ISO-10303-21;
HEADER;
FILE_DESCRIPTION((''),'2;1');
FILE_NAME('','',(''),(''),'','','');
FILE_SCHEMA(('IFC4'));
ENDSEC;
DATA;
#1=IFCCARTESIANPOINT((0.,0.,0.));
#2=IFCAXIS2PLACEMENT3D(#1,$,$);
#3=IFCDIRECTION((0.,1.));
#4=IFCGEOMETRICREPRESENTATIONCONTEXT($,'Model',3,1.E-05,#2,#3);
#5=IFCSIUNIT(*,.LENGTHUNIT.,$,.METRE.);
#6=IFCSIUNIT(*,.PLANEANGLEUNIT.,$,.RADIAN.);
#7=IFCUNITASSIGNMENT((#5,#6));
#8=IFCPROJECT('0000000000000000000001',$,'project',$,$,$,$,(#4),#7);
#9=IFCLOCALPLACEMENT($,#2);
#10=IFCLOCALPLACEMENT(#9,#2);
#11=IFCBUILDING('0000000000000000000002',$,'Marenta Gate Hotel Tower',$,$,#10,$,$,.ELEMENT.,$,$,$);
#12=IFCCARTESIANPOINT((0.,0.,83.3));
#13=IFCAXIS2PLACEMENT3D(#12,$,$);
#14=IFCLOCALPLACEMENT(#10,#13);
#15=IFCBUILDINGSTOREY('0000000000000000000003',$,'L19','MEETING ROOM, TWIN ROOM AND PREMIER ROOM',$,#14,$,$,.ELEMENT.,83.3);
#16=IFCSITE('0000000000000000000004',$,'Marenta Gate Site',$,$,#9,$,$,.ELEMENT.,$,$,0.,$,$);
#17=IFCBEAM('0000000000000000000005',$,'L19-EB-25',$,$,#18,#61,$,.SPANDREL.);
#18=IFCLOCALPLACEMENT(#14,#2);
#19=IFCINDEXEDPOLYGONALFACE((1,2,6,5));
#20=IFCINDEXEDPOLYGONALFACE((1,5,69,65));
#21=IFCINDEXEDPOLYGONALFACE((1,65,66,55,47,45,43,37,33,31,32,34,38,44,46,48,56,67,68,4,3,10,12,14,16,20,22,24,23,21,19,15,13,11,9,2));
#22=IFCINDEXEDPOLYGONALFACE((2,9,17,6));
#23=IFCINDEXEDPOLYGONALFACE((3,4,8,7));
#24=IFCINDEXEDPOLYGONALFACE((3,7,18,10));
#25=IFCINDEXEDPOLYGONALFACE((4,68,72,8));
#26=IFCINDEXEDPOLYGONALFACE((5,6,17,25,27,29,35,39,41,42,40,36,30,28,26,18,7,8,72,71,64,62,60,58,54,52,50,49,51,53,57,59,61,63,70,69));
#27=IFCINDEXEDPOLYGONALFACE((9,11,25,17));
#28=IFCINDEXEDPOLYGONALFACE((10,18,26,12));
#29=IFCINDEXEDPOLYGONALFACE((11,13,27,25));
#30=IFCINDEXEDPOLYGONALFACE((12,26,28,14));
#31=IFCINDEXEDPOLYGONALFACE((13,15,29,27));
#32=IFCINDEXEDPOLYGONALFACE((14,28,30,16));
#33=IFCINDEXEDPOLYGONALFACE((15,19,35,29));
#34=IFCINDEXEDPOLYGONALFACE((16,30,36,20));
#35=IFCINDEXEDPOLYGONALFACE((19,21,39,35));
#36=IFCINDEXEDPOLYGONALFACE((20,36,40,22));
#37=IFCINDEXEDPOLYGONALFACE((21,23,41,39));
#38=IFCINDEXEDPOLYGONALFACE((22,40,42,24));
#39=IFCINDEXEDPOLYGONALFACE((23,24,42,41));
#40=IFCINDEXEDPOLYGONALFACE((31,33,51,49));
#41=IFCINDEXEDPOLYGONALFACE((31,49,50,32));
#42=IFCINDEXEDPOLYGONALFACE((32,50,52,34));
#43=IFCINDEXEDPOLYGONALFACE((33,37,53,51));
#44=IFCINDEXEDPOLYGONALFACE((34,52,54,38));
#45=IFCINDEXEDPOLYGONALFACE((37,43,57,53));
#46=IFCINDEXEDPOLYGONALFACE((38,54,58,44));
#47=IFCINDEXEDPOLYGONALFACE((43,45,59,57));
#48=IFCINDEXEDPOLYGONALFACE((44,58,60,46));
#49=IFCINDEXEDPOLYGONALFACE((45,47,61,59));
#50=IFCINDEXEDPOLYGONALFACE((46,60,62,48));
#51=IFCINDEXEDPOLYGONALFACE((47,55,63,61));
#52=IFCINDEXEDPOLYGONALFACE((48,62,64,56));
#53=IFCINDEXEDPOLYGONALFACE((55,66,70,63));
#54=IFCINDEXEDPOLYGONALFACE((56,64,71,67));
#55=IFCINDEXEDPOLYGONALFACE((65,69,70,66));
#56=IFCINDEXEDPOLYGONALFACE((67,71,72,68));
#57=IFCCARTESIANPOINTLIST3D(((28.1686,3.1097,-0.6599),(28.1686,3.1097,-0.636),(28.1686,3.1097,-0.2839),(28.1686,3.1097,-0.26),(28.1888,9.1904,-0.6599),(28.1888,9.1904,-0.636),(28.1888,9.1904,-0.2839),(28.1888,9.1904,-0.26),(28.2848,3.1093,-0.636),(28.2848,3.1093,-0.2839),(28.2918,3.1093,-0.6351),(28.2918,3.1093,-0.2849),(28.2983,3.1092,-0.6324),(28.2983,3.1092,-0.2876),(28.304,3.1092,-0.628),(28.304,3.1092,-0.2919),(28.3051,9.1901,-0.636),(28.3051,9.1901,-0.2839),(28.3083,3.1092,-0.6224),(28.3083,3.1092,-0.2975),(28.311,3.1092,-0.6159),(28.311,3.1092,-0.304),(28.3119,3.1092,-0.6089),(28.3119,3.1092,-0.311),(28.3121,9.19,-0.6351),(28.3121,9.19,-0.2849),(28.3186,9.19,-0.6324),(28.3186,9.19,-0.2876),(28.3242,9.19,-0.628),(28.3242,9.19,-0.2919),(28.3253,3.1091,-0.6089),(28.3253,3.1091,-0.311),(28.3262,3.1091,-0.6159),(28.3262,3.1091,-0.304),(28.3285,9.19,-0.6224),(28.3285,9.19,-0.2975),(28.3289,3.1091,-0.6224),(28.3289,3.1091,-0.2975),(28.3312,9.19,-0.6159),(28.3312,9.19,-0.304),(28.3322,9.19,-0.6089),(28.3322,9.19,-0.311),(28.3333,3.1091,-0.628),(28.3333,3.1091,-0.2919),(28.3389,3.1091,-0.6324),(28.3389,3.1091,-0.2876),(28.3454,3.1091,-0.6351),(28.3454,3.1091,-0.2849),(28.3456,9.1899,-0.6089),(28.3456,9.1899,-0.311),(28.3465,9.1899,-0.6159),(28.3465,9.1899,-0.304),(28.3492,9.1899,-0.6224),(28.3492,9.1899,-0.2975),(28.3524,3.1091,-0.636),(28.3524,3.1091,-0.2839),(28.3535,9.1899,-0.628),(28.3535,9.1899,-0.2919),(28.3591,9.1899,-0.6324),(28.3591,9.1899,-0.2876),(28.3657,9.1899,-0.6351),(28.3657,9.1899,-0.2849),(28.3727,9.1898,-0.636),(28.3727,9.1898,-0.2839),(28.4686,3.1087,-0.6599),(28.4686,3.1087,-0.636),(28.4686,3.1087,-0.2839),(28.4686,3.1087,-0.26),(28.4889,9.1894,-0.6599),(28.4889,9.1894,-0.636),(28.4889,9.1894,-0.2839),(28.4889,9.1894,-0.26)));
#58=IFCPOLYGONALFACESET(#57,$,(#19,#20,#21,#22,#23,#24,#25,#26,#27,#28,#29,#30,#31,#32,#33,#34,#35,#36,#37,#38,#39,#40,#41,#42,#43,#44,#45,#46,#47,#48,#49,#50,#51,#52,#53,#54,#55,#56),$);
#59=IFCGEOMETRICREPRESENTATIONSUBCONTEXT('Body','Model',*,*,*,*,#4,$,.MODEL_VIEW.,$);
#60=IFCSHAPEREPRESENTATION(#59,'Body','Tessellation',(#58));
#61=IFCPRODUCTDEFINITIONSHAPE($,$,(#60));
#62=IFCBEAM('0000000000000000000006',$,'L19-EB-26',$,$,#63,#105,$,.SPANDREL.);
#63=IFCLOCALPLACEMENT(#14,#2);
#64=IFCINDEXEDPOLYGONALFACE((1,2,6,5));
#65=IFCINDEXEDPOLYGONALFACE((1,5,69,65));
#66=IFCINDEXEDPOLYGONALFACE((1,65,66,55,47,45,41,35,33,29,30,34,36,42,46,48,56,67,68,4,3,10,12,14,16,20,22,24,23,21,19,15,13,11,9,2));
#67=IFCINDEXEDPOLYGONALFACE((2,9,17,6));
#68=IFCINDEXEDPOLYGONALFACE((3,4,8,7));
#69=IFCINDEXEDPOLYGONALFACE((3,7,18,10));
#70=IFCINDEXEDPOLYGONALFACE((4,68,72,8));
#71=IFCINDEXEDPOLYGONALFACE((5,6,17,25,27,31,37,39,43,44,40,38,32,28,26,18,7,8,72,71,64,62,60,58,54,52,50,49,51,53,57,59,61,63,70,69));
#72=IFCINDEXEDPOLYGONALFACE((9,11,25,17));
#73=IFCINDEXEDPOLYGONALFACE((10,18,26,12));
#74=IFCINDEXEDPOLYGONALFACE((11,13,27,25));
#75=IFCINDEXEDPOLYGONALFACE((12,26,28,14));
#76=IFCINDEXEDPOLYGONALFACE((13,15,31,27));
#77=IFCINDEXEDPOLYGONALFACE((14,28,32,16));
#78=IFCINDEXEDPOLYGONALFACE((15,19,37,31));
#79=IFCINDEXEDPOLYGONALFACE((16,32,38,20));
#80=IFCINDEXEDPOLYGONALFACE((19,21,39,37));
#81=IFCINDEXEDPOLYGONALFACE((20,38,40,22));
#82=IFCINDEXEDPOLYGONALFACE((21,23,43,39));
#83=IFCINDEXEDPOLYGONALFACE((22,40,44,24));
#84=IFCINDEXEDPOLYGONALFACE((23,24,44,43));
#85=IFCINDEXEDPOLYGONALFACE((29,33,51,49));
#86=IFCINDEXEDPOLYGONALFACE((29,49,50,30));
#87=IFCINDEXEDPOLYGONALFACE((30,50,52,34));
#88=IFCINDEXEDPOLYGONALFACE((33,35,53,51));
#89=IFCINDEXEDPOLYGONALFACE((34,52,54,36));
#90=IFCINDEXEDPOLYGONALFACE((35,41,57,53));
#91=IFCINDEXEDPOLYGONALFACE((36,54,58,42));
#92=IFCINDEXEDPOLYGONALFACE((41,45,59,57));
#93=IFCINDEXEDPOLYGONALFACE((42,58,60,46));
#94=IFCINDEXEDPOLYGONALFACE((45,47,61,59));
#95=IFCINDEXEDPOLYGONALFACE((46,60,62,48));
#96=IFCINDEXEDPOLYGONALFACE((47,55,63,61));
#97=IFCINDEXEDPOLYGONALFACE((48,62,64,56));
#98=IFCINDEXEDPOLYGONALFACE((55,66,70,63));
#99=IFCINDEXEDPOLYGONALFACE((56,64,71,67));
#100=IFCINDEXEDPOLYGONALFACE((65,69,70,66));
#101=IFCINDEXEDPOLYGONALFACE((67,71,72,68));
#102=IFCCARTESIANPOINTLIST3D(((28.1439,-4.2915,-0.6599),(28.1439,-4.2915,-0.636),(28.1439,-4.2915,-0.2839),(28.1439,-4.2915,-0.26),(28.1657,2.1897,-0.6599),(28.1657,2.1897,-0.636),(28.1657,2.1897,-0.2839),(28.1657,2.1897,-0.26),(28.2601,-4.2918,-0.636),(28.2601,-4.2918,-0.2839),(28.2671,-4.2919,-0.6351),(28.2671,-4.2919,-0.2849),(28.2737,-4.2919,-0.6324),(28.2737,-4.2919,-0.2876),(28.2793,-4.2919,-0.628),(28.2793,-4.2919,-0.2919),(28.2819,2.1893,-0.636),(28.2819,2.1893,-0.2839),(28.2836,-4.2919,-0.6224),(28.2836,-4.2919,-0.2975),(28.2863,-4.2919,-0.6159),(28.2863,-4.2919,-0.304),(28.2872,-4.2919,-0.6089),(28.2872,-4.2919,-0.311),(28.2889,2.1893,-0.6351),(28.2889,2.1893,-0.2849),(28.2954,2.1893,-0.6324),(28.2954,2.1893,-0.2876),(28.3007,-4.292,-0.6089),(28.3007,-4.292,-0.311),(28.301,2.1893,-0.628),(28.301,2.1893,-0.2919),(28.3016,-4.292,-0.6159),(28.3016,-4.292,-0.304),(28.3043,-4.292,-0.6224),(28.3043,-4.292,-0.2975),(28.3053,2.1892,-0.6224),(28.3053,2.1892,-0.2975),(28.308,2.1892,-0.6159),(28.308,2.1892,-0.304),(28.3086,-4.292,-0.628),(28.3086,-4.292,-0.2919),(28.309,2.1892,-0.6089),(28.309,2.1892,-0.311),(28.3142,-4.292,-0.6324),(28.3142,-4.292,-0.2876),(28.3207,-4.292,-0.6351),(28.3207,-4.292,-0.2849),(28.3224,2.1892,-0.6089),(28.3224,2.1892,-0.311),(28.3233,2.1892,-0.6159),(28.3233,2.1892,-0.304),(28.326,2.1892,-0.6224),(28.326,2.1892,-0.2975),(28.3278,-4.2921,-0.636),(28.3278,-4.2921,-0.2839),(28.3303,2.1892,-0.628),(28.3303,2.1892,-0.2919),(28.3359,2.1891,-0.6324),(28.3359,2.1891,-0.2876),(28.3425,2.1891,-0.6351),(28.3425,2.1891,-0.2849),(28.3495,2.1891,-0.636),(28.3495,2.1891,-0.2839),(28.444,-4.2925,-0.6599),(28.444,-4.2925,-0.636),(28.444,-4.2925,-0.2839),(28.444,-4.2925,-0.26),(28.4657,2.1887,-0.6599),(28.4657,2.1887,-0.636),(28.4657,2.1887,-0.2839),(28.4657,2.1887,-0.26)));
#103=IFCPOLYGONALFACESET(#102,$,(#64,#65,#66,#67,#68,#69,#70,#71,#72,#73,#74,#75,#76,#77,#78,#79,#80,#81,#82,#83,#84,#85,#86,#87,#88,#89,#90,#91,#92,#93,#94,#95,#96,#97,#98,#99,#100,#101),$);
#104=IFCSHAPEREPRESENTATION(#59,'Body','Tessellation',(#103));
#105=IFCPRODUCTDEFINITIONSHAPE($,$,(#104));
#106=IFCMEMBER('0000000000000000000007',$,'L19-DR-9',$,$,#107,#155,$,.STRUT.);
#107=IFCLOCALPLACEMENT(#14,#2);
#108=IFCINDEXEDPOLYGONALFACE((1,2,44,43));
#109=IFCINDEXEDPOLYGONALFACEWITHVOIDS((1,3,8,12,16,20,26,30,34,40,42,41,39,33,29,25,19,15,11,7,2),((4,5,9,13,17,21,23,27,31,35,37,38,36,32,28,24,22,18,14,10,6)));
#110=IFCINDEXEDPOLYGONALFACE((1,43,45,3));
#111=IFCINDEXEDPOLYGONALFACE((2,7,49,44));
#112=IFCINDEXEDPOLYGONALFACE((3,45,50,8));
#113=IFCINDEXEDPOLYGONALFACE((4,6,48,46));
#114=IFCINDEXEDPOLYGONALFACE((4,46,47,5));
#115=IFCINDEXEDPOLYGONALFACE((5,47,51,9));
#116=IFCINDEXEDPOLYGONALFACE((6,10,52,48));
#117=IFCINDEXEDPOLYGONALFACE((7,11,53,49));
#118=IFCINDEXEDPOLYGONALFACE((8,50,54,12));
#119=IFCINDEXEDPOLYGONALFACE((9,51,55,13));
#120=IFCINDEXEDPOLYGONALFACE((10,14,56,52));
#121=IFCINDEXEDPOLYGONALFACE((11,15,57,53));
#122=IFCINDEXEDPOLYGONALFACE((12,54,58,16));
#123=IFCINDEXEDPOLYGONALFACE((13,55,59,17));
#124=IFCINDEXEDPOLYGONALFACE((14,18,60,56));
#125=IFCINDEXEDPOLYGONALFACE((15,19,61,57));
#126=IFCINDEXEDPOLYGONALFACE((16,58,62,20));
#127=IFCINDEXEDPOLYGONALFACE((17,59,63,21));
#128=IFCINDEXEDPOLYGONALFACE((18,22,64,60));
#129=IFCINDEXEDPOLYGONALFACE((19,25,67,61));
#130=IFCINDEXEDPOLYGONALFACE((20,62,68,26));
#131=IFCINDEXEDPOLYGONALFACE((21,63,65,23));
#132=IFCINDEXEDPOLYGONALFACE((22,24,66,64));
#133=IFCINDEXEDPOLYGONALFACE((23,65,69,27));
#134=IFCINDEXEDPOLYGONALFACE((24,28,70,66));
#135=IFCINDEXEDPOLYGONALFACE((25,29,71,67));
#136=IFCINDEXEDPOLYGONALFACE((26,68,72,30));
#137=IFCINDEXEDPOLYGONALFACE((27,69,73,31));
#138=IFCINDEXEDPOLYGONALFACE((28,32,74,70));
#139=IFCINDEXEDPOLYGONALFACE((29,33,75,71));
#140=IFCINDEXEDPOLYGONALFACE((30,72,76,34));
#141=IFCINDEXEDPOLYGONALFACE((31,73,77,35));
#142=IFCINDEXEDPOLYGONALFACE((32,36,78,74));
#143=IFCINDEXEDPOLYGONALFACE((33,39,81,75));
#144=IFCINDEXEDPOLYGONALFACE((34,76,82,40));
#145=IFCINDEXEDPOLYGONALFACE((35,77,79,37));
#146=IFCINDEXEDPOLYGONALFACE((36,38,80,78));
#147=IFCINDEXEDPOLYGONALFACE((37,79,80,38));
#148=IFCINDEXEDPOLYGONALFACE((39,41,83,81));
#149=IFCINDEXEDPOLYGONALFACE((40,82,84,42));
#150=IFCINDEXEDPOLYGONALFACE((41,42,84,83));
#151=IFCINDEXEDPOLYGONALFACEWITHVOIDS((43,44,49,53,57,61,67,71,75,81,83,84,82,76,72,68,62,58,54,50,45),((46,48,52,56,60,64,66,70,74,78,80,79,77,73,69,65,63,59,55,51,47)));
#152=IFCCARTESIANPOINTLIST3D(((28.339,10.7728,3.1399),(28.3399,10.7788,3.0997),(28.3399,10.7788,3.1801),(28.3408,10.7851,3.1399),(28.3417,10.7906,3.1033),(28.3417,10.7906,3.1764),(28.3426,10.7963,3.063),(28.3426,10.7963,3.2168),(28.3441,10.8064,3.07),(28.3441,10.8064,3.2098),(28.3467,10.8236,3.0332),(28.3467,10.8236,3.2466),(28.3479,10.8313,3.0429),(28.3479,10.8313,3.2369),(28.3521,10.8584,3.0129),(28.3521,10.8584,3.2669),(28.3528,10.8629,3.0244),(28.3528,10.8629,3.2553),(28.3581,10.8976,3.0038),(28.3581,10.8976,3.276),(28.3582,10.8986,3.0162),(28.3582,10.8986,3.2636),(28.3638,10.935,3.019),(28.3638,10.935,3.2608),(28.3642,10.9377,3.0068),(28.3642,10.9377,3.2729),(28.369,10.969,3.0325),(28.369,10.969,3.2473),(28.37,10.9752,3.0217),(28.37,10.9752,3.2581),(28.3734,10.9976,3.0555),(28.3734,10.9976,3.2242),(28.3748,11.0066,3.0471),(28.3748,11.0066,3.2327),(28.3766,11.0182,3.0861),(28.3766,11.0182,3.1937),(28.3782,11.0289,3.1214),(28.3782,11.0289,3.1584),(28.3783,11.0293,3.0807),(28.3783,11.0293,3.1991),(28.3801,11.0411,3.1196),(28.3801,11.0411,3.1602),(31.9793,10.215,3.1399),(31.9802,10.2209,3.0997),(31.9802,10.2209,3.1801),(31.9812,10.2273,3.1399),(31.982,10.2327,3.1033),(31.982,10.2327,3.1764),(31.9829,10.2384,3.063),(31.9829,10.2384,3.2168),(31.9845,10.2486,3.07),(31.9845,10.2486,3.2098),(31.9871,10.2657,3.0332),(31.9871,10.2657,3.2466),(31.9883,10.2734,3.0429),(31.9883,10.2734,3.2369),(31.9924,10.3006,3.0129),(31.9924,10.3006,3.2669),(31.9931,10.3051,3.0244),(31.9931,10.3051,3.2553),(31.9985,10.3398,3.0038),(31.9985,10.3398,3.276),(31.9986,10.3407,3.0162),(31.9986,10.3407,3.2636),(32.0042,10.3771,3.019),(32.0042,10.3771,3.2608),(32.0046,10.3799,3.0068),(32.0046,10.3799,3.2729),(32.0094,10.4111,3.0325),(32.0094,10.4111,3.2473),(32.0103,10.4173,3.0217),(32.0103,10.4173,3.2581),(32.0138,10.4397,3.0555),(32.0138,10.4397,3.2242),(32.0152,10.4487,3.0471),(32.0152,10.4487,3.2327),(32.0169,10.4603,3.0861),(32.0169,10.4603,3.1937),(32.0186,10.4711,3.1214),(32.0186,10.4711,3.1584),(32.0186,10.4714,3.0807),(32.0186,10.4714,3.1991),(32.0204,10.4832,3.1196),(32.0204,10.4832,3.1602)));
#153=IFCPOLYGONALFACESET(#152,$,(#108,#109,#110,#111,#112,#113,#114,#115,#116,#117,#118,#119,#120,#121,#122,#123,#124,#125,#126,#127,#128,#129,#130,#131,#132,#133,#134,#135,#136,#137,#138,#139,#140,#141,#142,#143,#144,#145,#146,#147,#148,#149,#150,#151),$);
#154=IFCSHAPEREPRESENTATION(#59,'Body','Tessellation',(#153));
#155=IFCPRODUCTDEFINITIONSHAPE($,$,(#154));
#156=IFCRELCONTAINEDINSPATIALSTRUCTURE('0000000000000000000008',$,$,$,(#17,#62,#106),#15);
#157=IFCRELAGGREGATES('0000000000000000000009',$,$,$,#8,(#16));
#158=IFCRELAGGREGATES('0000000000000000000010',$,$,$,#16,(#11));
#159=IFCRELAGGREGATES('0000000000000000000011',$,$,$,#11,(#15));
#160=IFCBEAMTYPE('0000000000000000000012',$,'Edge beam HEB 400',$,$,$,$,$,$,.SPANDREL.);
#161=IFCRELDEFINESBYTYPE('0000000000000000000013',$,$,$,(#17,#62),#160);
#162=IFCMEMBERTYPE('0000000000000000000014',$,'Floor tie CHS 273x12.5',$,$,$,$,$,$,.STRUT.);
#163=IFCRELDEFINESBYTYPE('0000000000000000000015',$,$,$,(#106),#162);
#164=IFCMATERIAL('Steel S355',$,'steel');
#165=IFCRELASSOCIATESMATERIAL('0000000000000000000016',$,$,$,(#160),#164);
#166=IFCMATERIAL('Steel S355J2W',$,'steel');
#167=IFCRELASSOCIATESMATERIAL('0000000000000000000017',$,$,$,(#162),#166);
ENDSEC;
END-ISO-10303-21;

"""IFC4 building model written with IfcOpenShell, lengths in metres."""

from ifc_helpers import new_model, si_unit, direction, frame, origin, origin_2d, place, context, subcontext, project, spatial, hollow_circle, i_section, extrude, material, material_profile, profile_set, type_object, element, save


model = new_model("IFC4")

# Units and contexts
model_context = context("Model", 3, precision=1e-05, world=origin(), true_north=direction((0.0, 1.0)))
body_context = subcontext(model_context, "Body", "Model", "MODEL_VIEW")
ifc_project = project(units=[si_unit("LENGTHUNIT", "METRE"), si_unit("PLANEANGLEUNIT", "RADIAN")], contexts=[model_context])

# Site, building, storey
site_placement = place(None, origin())
site = spatial("IfcSite", under=ifc_project, at=site_placement, Name="Marenta Gate Site", CompositionType="ELEMENT", RefElevation=0.0)
building_placement = place(site_placement, origin())
building = spatial("IfcBuilding", under=site, at=building_placement, Name="Marenta Gate Hotel Tower", CompositionType="ELEMENT")
storey_placement = place(building_placement, frame((0.0, 0.0, 83.3)))
storey = spatial("IfcBuildingStorey", under=building, at=storey_placement, Name="L19", Description="MEETING ROOM, TWIN ROOM AND PREMIER ROOM", CompositionType="ELEMENT", Elevation=83.3)

# Beams
ifc_material_1 = material(Name="Steel S355", Category="steel")
ifc_material_profile_1 = material_profile(ifc_material_1, i_section(OverallWidth=0.3, OverallDepth=0.3999, WebThickness=0.0134, FlangeThickness=0.0239, FilletRadius=0.0271, at=origin_2d()), Name="HEB 400")
ifc_profile_set_1 = profile_set([ifc_material_profile_1], Name="Steel S355")
beam_type_1 = type_object("IfcBeamType", Name="Edge beam HEB 400", PredefinedType="SPANDREL", material=ifc_profile_set_1)
beam_1_placement = place(storey_placement, frame((28.3389, 9.1899, -0.46), z_axis=(-0.003332, -0.999994, 0.0), x_axis=(0.999994, -0.003332, 0.0)))
element("IfcBeam", 1, at=beam_1_placement, inside=storey, type_object=beam_type_1, Name="L19-EB-25", PredefinedType="SPANDREL", context=body_context, shape_type="SweptSolid", body=[
    extrude(i_section(OverallWidth=0.3, OverallDepth=0.3999, WebThickness=0.0134, FlangeThickness=0.0239, FilletRadius=0.0271, at=origin_2d()), origin(), (0.0, 0.0, 1.0), 6.0808),
])
beam_2_placement = place(storey_placement, frame((28.3157, 2.1892, -0.46), z_axis=(-0.003353, -0.999994, 0.0), x_axis=(0.999994, -0.003353, 0.0)))
element("IfcBeam", 2, at=beam_2_placement, inside=storey, type_object=beam_type_1, Name="L19-EB-26", PredefinedType="SPANDREL", context=body_context, shape_type="SweptSolid", body=[
    extrude(i_section(OverallWidth=0.3, OverallDepth=0.3999, WebThickness=0.0134, FlangeThickness=0.0239, FilletRadius=0.0271, at=origin_2d()), origin(), (0.0, 0.0, 1.0), 6.4812),
])

# Member
ifc_material_2 = material(Name="Steel S355J2W", Category="steel")
ifc_material_profile_2 = material_profile(ifc_material_2, hollow_circle(Radius=0.1365, WallThickness=0.0125, at=origin_2d()), Name="CHS 273x12.5")
ifc_profile_set_2 = profile_set([ifc_material_profile_2], Name="Steel S355J2W")
member_type_1 = type_object("IfcMemberType", Name="Floor tie CHS 273x12.5", PredefinedType="STRUT", material=ifc_profile_set_2)
member_1_placement = place(storey_placement, frame((32.0, 10.3499, 3.1399), z_axis=(-0.988461, 0.151474, 0.0), x_axis=(-0.151474, -0.988461, 0.0)))
element("IfcMember", 3, at=member_1_placement, inside=storey, type_object=member_type_1, Name="L19-DR-9", PredefinedType="STRUT", context=body_context, shape_type="SweptSolid", body=[
    extrude(hollow_circle(Radius=0.1365, WallThickness=0.0125, at=origin_2d()), origin(), (0.0, 0.0, 1.0), 3.6829),
])

save(model, "model.ifc")
